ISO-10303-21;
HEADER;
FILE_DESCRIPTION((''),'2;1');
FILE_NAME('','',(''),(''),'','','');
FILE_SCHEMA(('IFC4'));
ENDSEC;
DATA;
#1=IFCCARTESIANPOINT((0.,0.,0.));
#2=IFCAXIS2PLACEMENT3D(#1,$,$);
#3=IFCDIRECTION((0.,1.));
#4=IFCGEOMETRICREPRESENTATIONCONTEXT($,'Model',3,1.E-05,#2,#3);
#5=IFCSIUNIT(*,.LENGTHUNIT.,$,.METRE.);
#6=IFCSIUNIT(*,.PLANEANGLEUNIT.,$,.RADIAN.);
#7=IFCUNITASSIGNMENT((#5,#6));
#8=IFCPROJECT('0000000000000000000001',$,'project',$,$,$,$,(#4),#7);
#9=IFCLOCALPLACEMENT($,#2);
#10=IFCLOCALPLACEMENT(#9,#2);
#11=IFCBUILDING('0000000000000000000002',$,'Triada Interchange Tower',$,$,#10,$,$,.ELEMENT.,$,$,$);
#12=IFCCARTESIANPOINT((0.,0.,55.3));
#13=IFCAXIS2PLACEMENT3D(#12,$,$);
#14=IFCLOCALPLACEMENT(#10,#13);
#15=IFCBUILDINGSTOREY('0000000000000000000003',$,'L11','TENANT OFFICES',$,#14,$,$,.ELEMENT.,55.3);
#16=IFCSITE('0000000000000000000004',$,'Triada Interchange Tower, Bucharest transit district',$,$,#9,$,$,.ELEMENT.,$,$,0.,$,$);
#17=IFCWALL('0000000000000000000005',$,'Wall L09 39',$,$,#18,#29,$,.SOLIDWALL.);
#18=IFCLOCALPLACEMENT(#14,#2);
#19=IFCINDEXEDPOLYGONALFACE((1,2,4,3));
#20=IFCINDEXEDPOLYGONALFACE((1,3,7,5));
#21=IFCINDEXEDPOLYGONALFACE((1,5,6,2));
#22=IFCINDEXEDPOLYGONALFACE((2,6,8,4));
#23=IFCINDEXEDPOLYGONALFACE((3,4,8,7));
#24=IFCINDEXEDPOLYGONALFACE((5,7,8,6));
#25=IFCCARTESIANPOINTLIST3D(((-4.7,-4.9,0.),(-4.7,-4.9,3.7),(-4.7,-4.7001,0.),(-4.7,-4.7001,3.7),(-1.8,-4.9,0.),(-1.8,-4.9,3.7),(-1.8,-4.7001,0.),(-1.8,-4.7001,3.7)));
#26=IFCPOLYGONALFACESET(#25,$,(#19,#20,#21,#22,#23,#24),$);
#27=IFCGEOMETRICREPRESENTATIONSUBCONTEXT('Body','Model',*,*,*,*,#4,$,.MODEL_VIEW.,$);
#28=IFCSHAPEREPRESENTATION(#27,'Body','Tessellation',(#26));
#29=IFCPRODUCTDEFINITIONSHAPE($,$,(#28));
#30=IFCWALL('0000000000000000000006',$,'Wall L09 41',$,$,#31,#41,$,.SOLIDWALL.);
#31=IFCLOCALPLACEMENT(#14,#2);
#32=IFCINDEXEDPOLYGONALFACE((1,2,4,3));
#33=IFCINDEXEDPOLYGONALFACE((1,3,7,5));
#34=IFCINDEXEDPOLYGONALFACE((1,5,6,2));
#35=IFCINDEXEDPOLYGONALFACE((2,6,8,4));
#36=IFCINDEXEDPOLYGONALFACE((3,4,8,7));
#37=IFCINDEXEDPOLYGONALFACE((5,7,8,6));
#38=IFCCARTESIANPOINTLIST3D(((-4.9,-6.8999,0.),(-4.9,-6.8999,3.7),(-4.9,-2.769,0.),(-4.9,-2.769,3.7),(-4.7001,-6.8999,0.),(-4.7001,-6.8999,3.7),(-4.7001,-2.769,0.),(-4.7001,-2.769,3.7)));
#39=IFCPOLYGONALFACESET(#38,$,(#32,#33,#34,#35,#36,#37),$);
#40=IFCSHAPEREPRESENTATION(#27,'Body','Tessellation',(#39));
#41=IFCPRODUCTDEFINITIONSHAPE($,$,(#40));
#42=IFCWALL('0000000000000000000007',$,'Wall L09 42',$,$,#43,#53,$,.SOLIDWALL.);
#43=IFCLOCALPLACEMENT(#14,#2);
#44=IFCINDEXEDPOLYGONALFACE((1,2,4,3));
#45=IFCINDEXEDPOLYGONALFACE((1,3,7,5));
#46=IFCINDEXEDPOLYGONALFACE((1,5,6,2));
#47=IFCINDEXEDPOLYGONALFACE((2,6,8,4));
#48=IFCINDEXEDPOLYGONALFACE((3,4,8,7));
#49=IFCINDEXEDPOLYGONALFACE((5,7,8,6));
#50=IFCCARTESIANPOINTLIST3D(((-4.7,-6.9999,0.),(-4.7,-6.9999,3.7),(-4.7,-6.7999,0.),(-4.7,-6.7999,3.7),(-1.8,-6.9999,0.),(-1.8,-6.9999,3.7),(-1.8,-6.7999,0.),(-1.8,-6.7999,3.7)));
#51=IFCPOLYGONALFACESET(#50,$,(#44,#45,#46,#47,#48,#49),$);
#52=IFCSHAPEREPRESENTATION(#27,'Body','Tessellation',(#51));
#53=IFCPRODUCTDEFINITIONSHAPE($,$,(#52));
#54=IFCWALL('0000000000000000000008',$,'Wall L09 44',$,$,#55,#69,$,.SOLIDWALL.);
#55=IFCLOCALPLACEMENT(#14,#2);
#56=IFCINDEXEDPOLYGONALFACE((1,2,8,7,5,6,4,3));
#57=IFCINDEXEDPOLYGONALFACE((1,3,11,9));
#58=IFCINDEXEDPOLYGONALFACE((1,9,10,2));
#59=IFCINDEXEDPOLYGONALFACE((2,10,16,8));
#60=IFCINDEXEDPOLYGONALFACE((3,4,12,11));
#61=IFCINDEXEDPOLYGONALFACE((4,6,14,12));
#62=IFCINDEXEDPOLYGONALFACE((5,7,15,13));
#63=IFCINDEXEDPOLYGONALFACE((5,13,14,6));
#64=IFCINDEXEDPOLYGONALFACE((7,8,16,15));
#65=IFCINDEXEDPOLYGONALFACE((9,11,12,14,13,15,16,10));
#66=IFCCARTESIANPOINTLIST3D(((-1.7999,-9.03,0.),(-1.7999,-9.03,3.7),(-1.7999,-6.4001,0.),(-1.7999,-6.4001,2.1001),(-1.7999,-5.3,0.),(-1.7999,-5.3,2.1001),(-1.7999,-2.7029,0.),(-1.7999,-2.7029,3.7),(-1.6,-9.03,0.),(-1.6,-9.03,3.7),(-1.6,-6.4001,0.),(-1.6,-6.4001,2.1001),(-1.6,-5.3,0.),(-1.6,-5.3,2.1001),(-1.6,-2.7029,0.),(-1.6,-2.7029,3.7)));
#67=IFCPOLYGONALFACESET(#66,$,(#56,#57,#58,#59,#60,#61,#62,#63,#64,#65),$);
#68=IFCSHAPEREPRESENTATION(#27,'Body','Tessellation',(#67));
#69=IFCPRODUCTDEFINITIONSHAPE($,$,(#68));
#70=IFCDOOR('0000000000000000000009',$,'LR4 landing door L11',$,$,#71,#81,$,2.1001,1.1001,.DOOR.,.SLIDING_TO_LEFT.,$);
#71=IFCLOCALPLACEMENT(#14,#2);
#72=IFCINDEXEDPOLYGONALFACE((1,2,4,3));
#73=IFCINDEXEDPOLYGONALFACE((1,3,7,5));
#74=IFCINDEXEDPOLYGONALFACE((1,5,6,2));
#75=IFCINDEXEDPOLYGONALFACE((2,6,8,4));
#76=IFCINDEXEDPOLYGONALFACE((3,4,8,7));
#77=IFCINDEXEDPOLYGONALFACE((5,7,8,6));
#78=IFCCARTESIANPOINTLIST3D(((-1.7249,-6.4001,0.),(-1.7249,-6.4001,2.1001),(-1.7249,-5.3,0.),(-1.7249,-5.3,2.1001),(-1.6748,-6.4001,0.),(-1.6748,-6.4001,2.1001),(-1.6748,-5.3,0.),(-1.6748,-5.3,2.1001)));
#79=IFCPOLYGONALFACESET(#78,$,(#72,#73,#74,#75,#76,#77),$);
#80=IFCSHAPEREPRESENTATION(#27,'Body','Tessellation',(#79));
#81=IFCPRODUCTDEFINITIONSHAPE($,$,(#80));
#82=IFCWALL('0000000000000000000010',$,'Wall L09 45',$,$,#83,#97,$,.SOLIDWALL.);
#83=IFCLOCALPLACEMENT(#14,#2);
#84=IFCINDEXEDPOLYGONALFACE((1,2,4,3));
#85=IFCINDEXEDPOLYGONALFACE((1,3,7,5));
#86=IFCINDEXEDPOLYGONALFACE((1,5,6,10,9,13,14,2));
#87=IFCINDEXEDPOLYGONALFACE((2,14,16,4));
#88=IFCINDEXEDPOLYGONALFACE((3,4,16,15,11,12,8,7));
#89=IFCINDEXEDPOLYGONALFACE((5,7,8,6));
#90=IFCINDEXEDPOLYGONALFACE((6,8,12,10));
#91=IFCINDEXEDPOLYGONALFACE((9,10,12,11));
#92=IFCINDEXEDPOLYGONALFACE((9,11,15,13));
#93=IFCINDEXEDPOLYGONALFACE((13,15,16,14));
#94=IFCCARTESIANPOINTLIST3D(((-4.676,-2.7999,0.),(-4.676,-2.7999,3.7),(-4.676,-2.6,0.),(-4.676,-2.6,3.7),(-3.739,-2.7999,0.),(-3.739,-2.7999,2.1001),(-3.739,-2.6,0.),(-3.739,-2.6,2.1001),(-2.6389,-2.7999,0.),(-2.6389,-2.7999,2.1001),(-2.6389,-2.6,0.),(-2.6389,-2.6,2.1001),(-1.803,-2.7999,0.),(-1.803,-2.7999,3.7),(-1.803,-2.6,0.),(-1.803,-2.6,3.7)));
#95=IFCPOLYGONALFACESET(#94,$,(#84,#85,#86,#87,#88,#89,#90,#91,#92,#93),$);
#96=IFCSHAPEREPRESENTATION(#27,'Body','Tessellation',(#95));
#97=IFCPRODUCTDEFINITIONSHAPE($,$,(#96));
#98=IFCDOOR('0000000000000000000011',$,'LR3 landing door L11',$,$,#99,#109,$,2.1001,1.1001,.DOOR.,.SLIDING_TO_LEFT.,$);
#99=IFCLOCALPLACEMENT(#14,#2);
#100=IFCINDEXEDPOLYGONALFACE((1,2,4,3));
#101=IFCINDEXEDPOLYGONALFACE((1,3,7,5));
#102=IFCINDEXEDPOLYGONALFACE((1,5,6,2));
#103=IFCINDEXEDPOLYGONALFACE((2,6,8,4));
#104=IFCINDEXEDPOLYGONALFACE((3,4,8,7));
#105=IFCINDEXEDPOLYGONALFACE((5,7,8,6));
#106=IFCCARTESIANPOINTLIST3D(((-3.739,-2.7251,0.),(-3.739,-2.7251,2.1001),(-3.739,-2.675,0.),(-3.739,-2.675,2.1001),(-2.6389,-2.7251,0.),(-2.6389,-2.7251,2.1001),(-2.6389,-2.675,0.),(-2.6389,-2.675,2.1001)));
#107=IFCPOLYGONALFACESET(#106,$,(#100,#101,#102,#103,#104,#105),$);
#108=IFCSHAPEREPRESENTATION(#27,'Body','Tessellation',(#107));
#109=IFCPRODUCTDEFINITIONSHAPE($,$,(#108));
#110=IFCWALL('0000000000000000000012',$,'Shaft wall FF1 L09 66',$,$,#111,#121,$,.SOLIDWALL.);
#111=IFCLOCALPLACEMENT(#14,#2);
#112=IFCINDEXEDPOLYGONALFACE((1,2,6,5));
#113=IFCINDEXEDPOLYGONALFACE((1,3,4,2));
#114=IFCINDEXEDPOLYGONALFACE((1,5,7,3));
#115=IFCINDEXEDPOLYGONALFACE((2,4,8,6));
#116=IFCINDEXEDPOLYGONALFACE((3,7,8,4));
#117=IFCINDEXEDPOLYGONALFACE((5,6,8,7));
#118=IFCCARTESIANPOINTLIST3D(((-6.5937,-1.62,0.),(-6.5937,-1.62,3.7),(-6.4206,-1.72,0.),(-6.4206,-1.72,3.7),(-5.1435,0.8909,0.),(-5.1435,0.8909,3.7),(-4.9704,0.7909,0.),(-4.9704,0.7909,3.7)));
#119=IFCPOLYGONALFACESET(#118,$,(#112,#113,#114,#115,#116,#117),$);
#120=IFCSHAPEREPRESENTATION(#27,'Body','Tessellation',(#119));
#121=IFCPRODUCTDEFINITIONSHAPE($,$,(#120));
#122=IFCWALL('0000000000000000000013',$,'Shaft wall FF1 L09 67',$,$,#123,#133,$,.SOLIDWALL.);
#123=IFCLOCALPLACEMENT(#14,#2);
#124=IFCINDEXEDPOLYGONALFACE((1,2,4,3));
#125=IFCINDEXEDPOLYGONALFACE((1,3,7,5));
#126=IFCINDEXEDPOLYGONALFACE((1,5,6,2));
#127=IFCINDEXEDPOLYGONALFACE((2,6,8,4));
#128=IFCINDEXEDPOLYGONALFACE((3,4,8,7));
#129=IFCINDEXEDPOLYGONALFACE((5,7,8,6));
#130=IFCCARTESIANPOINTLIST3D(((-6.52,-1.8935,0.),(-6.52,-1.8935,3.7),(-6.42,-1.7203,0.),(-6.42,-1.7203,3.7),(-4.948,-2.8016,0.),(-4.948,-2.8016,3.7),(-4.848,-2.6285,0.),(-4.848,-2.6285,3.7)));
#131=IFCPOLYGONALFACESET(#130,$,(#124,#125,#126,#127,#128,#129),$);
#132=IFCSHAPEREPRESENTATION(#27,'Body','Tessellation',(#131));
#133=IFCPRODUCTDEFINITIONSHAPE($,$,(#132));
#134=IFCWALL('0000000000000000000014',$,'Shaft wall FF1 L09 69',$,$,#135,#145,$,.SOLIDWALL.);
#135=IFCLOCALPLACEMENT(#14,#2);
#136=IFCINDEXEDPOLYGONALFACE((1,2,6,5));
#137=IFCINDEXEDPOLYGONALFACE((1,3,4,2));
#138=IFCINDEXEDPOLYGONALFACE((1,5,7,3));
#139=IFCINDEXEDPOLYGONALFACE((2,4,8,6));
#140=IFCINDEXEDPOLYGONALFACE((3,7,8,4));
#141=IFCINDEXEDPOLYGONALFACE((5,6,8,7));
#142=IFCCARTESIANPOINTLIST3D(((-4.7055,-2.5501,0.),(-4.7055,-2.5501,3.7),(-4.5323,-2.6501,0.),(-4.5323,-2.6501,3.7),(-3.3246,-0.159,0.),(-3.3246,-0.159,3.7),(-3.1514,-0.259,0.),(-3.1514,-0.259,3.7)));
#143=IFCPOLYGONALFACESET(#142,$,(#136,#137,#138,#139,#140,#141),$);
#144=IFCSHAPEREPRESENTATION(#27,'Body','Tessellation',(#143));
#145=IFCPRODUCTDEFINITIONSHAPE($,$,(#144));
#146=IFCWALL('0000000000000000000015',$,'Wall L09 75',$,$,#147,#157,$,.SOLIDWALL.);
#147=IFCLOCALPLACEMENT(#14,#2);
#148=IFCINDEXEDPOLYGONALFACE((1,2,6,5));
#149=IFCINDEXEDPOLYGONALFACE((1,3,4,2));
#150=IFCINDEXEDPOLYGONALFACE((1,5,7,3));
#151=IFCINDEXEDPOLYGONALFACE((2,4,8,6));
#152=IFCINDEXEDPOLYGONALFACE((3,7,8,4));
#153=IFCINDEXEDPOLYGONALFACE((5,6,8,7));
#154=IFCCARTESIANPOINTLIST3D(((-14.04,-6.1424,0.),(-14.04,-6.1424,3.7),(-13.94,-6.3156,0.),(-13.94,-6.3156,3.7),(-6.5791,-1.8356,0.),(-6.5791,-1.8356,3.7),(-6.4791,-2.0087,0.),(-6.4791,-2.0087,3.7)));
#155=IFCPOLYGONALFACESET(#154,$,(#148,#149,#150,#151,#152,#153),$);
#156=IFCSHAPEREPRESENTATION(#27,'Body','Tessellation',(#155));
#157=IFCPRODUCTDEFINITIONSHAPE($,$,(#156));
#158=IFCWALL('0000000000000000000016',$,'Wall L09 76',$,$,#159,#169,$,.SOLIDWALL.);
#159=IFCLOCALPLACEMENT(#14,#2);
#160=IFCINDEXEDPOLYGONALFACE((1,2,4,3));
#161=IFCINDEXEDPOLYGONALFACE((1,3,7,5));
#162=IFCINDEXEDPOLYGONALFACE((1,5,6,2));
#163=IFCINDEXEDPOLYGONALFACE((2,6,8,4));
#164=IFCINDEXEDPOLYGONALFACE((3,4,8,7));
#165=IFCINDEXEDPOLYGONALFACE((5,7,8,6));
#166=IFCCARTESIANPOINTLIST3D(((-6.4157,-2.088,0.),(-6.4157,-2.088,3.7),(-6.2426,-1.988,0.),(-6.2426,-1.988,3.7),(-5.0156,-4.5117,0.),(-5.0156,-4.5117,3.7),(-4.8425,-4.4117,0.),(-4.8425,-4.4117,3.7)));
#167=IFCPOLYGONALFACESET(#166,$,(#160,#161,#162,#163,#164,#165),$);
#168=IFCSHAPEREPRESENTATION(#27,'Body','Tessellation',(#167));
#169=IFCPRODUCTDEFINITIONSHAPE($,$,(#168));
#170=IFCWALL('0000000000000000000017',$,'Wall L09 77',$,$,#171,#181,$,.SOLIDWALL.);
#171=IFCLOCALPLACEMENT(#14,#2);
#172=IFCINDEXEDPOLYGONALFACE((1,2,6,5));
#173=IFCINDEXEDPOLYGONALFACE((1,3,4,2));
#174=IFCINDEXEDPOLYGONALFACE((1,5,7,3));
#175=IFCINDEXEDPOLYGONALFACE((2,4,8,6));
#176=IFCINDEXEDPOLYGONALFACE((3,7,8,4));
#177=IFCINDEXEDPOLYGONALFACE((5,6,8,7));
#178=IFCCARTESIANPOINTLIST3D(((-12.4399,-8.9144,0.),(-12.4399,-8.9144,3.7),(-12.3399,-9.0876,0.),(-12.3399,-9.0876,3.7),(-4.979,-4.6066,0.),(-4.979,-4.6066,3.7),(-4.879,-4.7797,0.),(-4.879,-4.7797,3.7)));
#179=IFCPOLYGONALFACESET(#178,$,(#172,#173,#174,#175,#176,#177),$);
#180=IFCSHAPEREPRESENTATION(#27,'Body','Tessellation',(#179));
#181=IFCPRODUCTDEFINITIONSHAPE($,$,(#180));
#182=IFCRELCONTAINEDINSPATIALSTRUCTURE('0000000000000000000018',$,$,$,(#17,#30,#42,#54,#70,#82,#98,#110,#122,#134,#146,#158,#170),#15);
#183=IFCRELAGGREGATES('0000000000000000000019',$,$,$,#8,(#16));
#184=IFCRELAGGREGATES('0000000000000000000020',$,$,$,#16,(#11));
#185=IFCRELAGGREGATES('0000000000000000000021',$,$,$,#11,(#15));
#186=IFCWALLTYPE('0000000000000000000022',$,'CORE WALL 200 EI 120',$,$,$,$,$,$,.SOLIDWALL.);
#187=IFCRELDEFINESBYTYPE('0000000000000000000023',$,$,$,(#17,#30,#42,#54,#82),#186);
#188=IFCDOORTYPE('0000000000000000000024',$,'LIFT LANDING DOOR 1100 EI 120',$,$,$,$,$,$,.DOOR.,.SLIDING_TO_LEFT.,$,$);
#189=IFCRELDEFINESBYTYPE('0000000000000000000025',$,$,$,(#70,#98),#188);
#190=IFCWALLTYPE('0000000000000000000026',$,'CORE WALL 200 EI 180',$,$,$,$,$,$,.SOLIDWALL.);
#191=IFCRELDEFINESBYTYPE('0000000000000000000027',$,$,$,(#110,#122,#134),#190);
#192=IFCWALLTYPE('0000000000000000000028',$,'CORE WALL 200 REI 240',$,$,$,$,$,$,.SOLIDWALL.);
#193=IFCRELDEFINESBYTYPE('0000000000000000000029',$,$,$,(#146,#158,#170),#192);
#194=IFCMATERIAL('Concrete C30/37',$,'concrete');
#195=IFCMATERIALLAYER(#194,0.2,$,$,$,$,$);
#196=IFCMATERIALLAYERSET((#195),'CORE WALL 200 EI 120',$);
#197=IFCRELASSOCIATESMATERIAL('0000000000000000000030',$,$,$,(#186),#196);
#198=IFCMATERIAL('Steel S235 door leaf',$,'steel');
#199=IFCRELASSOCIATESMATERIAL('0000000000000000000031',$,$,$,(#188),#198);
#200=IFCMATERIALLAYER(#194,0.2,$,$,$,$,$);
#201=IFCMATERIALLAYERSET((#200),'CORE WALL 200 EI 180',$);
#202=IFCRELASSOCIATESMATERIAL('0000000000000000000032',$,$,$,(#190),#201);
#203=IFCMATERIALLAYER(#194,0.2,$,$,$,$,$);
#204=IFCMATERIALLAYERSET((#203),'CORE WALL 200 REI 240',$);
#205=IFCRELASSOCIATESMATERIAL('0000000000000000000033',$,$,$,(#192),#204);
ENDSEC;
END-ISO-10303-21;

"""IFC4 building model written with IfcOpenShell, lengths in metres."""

from ifc_helpers import new_model, si_unit, direction, frame, frame_2d, origin, place, context, subcontext, project, spatial, rectangle, extrude, material, layer, layer_set, type_object, element, fill, save


model = new_model("IFC4")

# Units and contexts
model_context = context("Model", 3, precision=1e-05, world=origin(), true_north=direction((0.0, 1.0)))
body_context = subcontext(model_context, "Body", "Model", "MODEL_VIEW")
ifc_project = project(units=[si_unit("LENGTHUNIT", "METRE"), si_unit("PLANEANGLEUNIT", "RADIAN")], contexts=[model_context])

# Site, building, storey
site_placement = place(None, origin())
site = spatial("IfcSite", under=ifc_project, at=site_placement, Name="Triada Interchange Tower, Bucharest transit district", CompositionType="ELEMENT", RefElevation=0.0)
building_placement = place(site_placement, origin())
building = spatial("IfcBuilding", under=site, at=building_placement, Name="Triada Interchange Tower", CompositionType="ELEMENT")
storey_placement = place(building_placement, frame((0.0, 0.0, 55.3)))
storey = spatial("IfcBuildingStorey", under=building, at=storey_placement, Name="L11", Description="TENANT OFFICES", CompositionType="ELEMENT", Elevation=55.3)

# Walls
ifc_material_1 = material(Name="Concrete C30/37", Category="concrete")
ifc_layer_1 = layer(ifc_material_1, 0.2)
ifc_layer_set_1 = layer_set([ifc_layer_1], Name="CORE WALL 200 EI 120")
wall_type_1 = type_object("IfcWallType", Name="CORE WALL 200 EI 120", PredefinedType="SOLIDWALL", material=ifc_layer_set_1)
wall_1_placement = place(storey_placement, frame((-4.7, -4.8, 0.0), z_axis=(0.0, 0.0, 1.0), x_axis=(1.0, 0.0, 0.0)))
element("IfcWall", 1, at=wall_1_placement, inside=storey, type_object=wall_type_1, Name="Wall L09 39", PredefinedType="SOLIDWALL", context=body_context, shape_type="SweptSolid", body=[
    extrude(rectangle(XDim=2.8999, YDim=0.2, at=frame_2d((1.45, 0.0))), origin(), (0.0, 0.0, 1.0), 3.7),
])
wall_2_placement = place(storey_placement, frame((-4.8, -6.8999, 0.0), z_axis=(0.0, 0.0, 1.0), x_axis=(0.0, 1.0, 0.0)))
element("IfcWall", 2, at=wall_2_placement, inside=storey, type_object=wall_type_1, Name="Wall L09 41", PredefinedType="SOLIDWALL", context=body_context, shape_type="SweptSolid", body=[
    extrude(rectangle(XDim=4.1309, YDim=0.2, at=frame_2d((2.0654, 0.0))), origin(), (0.0, 0.0, 1.0), 3.7),
])
wall_3_placement = place(storey_placement, frame((-4.7, -6.8999, 0.0), z_axis=(0.0, 0.0, 1.0), x_axis=(1.0, 0.0, 0.0)))
element("IfcWall", 3, at=wall_3_placement, inside=storey, type_object=wall_type_1, Name="Wall L09 42", PredefinedType="SOLIDWALL", context=body_context, shape_type="SweptSolid", body=[
    extrude(rectangle(XDim=2.8999, YDim=0.2, at=frame_2d((1.45, 0.0))), origin(), (0.0, 0.0, 1.0), 3.7),
])

# Walls, openings, doors
wall_4_placement = place(storey_placement, frame((-1.7, -9.03, 0.0), z_axis=(0.0, 0.0, 1.0), x_axis=(0.0, 1.0, 0.0)))
wall_4 = element("IfcWall", 4, at=wall_4_placement, inside=storey, type_object=wall_type_1, Name="Wall L09 44", PredefinedType="SOLIDWALL", context=body_context, shape_type="SweptSolid", body=[
    extrude(rectangle(XDim=6.3271, YDim=0.2, at=frame_2d((3.1636, 0.0))), origin(), (0.0, 0.0, 1.0), 3.7),
])
opening_1_placement = place(wall_4_placement, frame((2.6299, 0.0, 0.0)))
opening_1 = element("IfcOpeningElement", 5, at=opening_1_placement, cuts=wall_4, PredefinedType="OPENING", context=body_context, shape_type="SweptSolid", body=[
    extrude(rectangle(XDim=1.1001, YDim=2.1001, at=frame_2d((0.55, 1.05))), frame((0.0, 0.1099, 0.0), z_axis=(0.0, -1.0, 0.0), x_axis=(1.0, 0.0, 0.0)), (0.0, 0.0, 1.0), 0.22),
])
ifc_material_2 = material(Name="Steel S235 door leaf", Category="steel")
door_type_1 = type_object("IfcDoorType", Name="LIFT LANDING DOOR 1100 EI 120", OperationType="SLIDING_TO_LEFT", PredefinedType="DOOR", material=ifc_material_2)
door_1_placement = place(opening_1_placement, origin())
door_1 = element("IfcDoor", 6, at=door_1_placement, inside=storey, type_object=door_type_1, Name="LR4 landing door L11", OperationType="SLIDING_TO_LEFT", OverallHeight=2.1001, OverallWidth=1.1001, PredefinedType="DOOR", context=body_context, shape_type="SweptSolid", body=[
    extrude(rectangle(XDim=1.1001, YDim=2.1001, at=frame_2d((0.55, 1.05))), frame((0.0, 0.0249, 0.0), z_axis=(0.0, -1.0, 0.0), x_axis=(1.0, 0.0, 0.0)), (0.0, 0.0, 1.0), 0.05),
])
fill(opening_1, door_1)
wall_5_placement = place(storey_placement, frame((-4.676, -2.7, 0.0), z_axis=(0.0, 0.0, 1.0), x_axis=(1.0, 0.0, 0.0)))
wall_5 = element("IfcWall", 7, at=wall_5_placement, inside=storey, type_object=wall_type_1, Name="Wall L09 45", PredefinedType="SOLIDWALL", context=body_context, shape_type="SweptSolid", body=[
    extrude(rectangle(XDim=2.873, YDim=0.2, at=frame_2d((1.4365, 0.0))), origin(), (0.0, 0.0, 1.0), 3.7),
])
opening_2_placement = place(wall_5_placement, frame((0.937, 0.0, 0.0)))
opening_2 = element("IfcOpeningElement", 8, at=opening_2_placement, cuts=wall_5, PredefinedType="OPENING", context=body_context, shape_type="SweptSolid", body=[
    extrude(rectangle(XDim=1.1001, YDim=2.1001, at=frame_2d((0.55, 1.05))), frame((0.0, 0.1099, 0.0), z_axis=(0.0, -1.0, 0.0), x_axis=(1.0, 0.0, 0.0)), (0.0, 0.0, 1.0), 0.22),
])
door_2_placement = place(opening_2_placement, origin())
door_2 = element("IfcDoor", 9, at=door_2_placement, inside=storey, type_object=door_type_1, Name="LR3 landing door L11", OperationType="SLIDING_TO_LEFT", OverallHeight=2.1001, OverallWidth=1.1001, PredefinedType="DOOR", context=body_context, shape_type="SweptSolid", body=[
    extrude(rectangle(XDim=1.1001, YDim=2.1001, at=frame_2d((0.55, 1.05))), frame((0.0, 0.0249, 0.0), z_axis=(0.0, -1.0, 0.0), x_axis=(1.0, 0.0, 0.0)), (0.0, 0.0, 1.0), 0.05),
])
fill(opening_2, door_2)

# Walls
ifc_layer_2 = layer(ifc_material_1, 0.2)
ifc_layer_set_2 = layer_set([ifc_layer_2], Name="CORE WALL 200 EI 180")
wall_type_2 = type_object("IfcWallType", Name="CORE WALL 200 EI 180", PredefinedType="SOLIDWALL", material=ifc_layer_set_2)
wall_6_placement = place(storey_placement, frame((-6.5071, -1.6699, 0.0), z_axis=(0.0, 0.0, 1.0), x_axis=(0.500123, 0.865954, 0.0)))
element("IfcWall", 10, at=wall_6_placement, inside=storey, type_object=wall_type_2, Name="Shaft wall FF1 L09 66", PredefinedType="SOLIDWALL", context=body_context, shape_type="SweptSolid", body=[
    extrude(rectangle(XDim=2.8997, YDim=0.2, at=frame_2d((1.4497, 0.0))), origin(), (0.0, 0.0, 1.0), 3.7),
])
wall_7_placement = place(storey_placement, frame((-6.47, -1.8069, 0.0), z_axis=(0.0, 0.0, 1.0), x_axis=(0.865883, -0.500246, 0.0)))
element("IfcWall", 11, at=wall_7_placement, inside=storey, type_object=wall_type_2, Name="Shaft wall FF1 L09 67", PredefinedType="SOLIDWALL", context=body_context, shape_type="SweptSolid", body=[
    extrude(rectangle(XDim=1.8154, YDim=0.2, at=frame_2d((0.9077, 0.0))), origin(), (0.0, 0.0, 1.0), 3.7),
])
wall_8_placement = place(storey_placement, frame((-4.6189, -2.6001, 0.0), z_axis=(0.0, 0.0, 1.0), x_axis=(0.500095, 0.865971, 0.0)))
element("IfcWall", 12, at=wall_8_placement, inside=storey, type_object=wall_type_2, Name="Shaft wall FF1 L09 69", PredefinedType="SOLIDWALL", context=body_context, shape_type="SweptSolid", body=[
    extrude(rectangle(XDim=2.7612, YDim=0.2, at=frame_2d((1.3806, 0.0))), origin(), (0.0, 0.0, 1.0), 3.7),
])
ifc_layer_3 = layer(ifc_material_1, 0.2)
ifc_layer_set_3 = layer_set([ifc_layer_3], Name="CORE WALL 200 REI 240")
wall_type_3 = type_object("IfcWallType", Name="CORE WALL 200 REI 240", PredefinedType="SOLIDWALL", material=ifc_layer_set_3)
wall_9_placement = place(storey_placement, frame((-13.99, -6.229, 0.0), z_axis=(0.0, 0.0, 1.0), x_axis=(0.86606, 0.49994, 0.0)))
element("IfcWall", 13, at=wall_9_placement, inside=storey, type_object=wall_type_3, Name="Wall L09 75", PredefinedType="SOLIDWALL", context=body_context, shape_type="SweptSolid", body=[
    extrude(rectangle(XDim=8.6147, YDim=0.2, at=frame_2d((4.3074, 0.0))), origin(), (0.0, 0.0, 1.0), 3.7),
])
wall_10_placement = place(storey_placement, frame((-6.3291, -2.0381, 0.0), z_axis=(0.0, 0.0, 1.0), x_axis=(0.500201, -0.86591, 0.0)))
element("IfcWall", 14, at=wall_10_placement, inside=storey, type_object=wall_type_3, Name="Wall L09 76", PredefinedType="SOLIDWALL", context=body_context, shape_type="SweptSolid", body=[
    extrude(rectangle(XDim=2.7991, YDim=0.2, at=frame_2d((1.3994, 0.0))), origin(), (0.0, 0.0, 1.0), 3.7),
])
wall_11_placement = place(storey_placement, frame((-12.3899, -9.001, 0.0), z_axis=(0.0, 0.0, 1.0), x_axis=(0.866011, 0.500025, 0.0)))
element("IfcWall", 15, at=wall_11_placement, inside=storey, type_object=wall_type_3, Name="Wall L09 77", PredefinedType="SOLIDWALL", context=body_context, shape_type="SweptSolid", body=[
    extrude(rectangle(XDim=8.6152, YDim=0.2, at=frame_2d((4.3076, 0.0))), origin(), (0.0, 0.0, 1.0), 3.7),
])

save(model, "model.ifc")
